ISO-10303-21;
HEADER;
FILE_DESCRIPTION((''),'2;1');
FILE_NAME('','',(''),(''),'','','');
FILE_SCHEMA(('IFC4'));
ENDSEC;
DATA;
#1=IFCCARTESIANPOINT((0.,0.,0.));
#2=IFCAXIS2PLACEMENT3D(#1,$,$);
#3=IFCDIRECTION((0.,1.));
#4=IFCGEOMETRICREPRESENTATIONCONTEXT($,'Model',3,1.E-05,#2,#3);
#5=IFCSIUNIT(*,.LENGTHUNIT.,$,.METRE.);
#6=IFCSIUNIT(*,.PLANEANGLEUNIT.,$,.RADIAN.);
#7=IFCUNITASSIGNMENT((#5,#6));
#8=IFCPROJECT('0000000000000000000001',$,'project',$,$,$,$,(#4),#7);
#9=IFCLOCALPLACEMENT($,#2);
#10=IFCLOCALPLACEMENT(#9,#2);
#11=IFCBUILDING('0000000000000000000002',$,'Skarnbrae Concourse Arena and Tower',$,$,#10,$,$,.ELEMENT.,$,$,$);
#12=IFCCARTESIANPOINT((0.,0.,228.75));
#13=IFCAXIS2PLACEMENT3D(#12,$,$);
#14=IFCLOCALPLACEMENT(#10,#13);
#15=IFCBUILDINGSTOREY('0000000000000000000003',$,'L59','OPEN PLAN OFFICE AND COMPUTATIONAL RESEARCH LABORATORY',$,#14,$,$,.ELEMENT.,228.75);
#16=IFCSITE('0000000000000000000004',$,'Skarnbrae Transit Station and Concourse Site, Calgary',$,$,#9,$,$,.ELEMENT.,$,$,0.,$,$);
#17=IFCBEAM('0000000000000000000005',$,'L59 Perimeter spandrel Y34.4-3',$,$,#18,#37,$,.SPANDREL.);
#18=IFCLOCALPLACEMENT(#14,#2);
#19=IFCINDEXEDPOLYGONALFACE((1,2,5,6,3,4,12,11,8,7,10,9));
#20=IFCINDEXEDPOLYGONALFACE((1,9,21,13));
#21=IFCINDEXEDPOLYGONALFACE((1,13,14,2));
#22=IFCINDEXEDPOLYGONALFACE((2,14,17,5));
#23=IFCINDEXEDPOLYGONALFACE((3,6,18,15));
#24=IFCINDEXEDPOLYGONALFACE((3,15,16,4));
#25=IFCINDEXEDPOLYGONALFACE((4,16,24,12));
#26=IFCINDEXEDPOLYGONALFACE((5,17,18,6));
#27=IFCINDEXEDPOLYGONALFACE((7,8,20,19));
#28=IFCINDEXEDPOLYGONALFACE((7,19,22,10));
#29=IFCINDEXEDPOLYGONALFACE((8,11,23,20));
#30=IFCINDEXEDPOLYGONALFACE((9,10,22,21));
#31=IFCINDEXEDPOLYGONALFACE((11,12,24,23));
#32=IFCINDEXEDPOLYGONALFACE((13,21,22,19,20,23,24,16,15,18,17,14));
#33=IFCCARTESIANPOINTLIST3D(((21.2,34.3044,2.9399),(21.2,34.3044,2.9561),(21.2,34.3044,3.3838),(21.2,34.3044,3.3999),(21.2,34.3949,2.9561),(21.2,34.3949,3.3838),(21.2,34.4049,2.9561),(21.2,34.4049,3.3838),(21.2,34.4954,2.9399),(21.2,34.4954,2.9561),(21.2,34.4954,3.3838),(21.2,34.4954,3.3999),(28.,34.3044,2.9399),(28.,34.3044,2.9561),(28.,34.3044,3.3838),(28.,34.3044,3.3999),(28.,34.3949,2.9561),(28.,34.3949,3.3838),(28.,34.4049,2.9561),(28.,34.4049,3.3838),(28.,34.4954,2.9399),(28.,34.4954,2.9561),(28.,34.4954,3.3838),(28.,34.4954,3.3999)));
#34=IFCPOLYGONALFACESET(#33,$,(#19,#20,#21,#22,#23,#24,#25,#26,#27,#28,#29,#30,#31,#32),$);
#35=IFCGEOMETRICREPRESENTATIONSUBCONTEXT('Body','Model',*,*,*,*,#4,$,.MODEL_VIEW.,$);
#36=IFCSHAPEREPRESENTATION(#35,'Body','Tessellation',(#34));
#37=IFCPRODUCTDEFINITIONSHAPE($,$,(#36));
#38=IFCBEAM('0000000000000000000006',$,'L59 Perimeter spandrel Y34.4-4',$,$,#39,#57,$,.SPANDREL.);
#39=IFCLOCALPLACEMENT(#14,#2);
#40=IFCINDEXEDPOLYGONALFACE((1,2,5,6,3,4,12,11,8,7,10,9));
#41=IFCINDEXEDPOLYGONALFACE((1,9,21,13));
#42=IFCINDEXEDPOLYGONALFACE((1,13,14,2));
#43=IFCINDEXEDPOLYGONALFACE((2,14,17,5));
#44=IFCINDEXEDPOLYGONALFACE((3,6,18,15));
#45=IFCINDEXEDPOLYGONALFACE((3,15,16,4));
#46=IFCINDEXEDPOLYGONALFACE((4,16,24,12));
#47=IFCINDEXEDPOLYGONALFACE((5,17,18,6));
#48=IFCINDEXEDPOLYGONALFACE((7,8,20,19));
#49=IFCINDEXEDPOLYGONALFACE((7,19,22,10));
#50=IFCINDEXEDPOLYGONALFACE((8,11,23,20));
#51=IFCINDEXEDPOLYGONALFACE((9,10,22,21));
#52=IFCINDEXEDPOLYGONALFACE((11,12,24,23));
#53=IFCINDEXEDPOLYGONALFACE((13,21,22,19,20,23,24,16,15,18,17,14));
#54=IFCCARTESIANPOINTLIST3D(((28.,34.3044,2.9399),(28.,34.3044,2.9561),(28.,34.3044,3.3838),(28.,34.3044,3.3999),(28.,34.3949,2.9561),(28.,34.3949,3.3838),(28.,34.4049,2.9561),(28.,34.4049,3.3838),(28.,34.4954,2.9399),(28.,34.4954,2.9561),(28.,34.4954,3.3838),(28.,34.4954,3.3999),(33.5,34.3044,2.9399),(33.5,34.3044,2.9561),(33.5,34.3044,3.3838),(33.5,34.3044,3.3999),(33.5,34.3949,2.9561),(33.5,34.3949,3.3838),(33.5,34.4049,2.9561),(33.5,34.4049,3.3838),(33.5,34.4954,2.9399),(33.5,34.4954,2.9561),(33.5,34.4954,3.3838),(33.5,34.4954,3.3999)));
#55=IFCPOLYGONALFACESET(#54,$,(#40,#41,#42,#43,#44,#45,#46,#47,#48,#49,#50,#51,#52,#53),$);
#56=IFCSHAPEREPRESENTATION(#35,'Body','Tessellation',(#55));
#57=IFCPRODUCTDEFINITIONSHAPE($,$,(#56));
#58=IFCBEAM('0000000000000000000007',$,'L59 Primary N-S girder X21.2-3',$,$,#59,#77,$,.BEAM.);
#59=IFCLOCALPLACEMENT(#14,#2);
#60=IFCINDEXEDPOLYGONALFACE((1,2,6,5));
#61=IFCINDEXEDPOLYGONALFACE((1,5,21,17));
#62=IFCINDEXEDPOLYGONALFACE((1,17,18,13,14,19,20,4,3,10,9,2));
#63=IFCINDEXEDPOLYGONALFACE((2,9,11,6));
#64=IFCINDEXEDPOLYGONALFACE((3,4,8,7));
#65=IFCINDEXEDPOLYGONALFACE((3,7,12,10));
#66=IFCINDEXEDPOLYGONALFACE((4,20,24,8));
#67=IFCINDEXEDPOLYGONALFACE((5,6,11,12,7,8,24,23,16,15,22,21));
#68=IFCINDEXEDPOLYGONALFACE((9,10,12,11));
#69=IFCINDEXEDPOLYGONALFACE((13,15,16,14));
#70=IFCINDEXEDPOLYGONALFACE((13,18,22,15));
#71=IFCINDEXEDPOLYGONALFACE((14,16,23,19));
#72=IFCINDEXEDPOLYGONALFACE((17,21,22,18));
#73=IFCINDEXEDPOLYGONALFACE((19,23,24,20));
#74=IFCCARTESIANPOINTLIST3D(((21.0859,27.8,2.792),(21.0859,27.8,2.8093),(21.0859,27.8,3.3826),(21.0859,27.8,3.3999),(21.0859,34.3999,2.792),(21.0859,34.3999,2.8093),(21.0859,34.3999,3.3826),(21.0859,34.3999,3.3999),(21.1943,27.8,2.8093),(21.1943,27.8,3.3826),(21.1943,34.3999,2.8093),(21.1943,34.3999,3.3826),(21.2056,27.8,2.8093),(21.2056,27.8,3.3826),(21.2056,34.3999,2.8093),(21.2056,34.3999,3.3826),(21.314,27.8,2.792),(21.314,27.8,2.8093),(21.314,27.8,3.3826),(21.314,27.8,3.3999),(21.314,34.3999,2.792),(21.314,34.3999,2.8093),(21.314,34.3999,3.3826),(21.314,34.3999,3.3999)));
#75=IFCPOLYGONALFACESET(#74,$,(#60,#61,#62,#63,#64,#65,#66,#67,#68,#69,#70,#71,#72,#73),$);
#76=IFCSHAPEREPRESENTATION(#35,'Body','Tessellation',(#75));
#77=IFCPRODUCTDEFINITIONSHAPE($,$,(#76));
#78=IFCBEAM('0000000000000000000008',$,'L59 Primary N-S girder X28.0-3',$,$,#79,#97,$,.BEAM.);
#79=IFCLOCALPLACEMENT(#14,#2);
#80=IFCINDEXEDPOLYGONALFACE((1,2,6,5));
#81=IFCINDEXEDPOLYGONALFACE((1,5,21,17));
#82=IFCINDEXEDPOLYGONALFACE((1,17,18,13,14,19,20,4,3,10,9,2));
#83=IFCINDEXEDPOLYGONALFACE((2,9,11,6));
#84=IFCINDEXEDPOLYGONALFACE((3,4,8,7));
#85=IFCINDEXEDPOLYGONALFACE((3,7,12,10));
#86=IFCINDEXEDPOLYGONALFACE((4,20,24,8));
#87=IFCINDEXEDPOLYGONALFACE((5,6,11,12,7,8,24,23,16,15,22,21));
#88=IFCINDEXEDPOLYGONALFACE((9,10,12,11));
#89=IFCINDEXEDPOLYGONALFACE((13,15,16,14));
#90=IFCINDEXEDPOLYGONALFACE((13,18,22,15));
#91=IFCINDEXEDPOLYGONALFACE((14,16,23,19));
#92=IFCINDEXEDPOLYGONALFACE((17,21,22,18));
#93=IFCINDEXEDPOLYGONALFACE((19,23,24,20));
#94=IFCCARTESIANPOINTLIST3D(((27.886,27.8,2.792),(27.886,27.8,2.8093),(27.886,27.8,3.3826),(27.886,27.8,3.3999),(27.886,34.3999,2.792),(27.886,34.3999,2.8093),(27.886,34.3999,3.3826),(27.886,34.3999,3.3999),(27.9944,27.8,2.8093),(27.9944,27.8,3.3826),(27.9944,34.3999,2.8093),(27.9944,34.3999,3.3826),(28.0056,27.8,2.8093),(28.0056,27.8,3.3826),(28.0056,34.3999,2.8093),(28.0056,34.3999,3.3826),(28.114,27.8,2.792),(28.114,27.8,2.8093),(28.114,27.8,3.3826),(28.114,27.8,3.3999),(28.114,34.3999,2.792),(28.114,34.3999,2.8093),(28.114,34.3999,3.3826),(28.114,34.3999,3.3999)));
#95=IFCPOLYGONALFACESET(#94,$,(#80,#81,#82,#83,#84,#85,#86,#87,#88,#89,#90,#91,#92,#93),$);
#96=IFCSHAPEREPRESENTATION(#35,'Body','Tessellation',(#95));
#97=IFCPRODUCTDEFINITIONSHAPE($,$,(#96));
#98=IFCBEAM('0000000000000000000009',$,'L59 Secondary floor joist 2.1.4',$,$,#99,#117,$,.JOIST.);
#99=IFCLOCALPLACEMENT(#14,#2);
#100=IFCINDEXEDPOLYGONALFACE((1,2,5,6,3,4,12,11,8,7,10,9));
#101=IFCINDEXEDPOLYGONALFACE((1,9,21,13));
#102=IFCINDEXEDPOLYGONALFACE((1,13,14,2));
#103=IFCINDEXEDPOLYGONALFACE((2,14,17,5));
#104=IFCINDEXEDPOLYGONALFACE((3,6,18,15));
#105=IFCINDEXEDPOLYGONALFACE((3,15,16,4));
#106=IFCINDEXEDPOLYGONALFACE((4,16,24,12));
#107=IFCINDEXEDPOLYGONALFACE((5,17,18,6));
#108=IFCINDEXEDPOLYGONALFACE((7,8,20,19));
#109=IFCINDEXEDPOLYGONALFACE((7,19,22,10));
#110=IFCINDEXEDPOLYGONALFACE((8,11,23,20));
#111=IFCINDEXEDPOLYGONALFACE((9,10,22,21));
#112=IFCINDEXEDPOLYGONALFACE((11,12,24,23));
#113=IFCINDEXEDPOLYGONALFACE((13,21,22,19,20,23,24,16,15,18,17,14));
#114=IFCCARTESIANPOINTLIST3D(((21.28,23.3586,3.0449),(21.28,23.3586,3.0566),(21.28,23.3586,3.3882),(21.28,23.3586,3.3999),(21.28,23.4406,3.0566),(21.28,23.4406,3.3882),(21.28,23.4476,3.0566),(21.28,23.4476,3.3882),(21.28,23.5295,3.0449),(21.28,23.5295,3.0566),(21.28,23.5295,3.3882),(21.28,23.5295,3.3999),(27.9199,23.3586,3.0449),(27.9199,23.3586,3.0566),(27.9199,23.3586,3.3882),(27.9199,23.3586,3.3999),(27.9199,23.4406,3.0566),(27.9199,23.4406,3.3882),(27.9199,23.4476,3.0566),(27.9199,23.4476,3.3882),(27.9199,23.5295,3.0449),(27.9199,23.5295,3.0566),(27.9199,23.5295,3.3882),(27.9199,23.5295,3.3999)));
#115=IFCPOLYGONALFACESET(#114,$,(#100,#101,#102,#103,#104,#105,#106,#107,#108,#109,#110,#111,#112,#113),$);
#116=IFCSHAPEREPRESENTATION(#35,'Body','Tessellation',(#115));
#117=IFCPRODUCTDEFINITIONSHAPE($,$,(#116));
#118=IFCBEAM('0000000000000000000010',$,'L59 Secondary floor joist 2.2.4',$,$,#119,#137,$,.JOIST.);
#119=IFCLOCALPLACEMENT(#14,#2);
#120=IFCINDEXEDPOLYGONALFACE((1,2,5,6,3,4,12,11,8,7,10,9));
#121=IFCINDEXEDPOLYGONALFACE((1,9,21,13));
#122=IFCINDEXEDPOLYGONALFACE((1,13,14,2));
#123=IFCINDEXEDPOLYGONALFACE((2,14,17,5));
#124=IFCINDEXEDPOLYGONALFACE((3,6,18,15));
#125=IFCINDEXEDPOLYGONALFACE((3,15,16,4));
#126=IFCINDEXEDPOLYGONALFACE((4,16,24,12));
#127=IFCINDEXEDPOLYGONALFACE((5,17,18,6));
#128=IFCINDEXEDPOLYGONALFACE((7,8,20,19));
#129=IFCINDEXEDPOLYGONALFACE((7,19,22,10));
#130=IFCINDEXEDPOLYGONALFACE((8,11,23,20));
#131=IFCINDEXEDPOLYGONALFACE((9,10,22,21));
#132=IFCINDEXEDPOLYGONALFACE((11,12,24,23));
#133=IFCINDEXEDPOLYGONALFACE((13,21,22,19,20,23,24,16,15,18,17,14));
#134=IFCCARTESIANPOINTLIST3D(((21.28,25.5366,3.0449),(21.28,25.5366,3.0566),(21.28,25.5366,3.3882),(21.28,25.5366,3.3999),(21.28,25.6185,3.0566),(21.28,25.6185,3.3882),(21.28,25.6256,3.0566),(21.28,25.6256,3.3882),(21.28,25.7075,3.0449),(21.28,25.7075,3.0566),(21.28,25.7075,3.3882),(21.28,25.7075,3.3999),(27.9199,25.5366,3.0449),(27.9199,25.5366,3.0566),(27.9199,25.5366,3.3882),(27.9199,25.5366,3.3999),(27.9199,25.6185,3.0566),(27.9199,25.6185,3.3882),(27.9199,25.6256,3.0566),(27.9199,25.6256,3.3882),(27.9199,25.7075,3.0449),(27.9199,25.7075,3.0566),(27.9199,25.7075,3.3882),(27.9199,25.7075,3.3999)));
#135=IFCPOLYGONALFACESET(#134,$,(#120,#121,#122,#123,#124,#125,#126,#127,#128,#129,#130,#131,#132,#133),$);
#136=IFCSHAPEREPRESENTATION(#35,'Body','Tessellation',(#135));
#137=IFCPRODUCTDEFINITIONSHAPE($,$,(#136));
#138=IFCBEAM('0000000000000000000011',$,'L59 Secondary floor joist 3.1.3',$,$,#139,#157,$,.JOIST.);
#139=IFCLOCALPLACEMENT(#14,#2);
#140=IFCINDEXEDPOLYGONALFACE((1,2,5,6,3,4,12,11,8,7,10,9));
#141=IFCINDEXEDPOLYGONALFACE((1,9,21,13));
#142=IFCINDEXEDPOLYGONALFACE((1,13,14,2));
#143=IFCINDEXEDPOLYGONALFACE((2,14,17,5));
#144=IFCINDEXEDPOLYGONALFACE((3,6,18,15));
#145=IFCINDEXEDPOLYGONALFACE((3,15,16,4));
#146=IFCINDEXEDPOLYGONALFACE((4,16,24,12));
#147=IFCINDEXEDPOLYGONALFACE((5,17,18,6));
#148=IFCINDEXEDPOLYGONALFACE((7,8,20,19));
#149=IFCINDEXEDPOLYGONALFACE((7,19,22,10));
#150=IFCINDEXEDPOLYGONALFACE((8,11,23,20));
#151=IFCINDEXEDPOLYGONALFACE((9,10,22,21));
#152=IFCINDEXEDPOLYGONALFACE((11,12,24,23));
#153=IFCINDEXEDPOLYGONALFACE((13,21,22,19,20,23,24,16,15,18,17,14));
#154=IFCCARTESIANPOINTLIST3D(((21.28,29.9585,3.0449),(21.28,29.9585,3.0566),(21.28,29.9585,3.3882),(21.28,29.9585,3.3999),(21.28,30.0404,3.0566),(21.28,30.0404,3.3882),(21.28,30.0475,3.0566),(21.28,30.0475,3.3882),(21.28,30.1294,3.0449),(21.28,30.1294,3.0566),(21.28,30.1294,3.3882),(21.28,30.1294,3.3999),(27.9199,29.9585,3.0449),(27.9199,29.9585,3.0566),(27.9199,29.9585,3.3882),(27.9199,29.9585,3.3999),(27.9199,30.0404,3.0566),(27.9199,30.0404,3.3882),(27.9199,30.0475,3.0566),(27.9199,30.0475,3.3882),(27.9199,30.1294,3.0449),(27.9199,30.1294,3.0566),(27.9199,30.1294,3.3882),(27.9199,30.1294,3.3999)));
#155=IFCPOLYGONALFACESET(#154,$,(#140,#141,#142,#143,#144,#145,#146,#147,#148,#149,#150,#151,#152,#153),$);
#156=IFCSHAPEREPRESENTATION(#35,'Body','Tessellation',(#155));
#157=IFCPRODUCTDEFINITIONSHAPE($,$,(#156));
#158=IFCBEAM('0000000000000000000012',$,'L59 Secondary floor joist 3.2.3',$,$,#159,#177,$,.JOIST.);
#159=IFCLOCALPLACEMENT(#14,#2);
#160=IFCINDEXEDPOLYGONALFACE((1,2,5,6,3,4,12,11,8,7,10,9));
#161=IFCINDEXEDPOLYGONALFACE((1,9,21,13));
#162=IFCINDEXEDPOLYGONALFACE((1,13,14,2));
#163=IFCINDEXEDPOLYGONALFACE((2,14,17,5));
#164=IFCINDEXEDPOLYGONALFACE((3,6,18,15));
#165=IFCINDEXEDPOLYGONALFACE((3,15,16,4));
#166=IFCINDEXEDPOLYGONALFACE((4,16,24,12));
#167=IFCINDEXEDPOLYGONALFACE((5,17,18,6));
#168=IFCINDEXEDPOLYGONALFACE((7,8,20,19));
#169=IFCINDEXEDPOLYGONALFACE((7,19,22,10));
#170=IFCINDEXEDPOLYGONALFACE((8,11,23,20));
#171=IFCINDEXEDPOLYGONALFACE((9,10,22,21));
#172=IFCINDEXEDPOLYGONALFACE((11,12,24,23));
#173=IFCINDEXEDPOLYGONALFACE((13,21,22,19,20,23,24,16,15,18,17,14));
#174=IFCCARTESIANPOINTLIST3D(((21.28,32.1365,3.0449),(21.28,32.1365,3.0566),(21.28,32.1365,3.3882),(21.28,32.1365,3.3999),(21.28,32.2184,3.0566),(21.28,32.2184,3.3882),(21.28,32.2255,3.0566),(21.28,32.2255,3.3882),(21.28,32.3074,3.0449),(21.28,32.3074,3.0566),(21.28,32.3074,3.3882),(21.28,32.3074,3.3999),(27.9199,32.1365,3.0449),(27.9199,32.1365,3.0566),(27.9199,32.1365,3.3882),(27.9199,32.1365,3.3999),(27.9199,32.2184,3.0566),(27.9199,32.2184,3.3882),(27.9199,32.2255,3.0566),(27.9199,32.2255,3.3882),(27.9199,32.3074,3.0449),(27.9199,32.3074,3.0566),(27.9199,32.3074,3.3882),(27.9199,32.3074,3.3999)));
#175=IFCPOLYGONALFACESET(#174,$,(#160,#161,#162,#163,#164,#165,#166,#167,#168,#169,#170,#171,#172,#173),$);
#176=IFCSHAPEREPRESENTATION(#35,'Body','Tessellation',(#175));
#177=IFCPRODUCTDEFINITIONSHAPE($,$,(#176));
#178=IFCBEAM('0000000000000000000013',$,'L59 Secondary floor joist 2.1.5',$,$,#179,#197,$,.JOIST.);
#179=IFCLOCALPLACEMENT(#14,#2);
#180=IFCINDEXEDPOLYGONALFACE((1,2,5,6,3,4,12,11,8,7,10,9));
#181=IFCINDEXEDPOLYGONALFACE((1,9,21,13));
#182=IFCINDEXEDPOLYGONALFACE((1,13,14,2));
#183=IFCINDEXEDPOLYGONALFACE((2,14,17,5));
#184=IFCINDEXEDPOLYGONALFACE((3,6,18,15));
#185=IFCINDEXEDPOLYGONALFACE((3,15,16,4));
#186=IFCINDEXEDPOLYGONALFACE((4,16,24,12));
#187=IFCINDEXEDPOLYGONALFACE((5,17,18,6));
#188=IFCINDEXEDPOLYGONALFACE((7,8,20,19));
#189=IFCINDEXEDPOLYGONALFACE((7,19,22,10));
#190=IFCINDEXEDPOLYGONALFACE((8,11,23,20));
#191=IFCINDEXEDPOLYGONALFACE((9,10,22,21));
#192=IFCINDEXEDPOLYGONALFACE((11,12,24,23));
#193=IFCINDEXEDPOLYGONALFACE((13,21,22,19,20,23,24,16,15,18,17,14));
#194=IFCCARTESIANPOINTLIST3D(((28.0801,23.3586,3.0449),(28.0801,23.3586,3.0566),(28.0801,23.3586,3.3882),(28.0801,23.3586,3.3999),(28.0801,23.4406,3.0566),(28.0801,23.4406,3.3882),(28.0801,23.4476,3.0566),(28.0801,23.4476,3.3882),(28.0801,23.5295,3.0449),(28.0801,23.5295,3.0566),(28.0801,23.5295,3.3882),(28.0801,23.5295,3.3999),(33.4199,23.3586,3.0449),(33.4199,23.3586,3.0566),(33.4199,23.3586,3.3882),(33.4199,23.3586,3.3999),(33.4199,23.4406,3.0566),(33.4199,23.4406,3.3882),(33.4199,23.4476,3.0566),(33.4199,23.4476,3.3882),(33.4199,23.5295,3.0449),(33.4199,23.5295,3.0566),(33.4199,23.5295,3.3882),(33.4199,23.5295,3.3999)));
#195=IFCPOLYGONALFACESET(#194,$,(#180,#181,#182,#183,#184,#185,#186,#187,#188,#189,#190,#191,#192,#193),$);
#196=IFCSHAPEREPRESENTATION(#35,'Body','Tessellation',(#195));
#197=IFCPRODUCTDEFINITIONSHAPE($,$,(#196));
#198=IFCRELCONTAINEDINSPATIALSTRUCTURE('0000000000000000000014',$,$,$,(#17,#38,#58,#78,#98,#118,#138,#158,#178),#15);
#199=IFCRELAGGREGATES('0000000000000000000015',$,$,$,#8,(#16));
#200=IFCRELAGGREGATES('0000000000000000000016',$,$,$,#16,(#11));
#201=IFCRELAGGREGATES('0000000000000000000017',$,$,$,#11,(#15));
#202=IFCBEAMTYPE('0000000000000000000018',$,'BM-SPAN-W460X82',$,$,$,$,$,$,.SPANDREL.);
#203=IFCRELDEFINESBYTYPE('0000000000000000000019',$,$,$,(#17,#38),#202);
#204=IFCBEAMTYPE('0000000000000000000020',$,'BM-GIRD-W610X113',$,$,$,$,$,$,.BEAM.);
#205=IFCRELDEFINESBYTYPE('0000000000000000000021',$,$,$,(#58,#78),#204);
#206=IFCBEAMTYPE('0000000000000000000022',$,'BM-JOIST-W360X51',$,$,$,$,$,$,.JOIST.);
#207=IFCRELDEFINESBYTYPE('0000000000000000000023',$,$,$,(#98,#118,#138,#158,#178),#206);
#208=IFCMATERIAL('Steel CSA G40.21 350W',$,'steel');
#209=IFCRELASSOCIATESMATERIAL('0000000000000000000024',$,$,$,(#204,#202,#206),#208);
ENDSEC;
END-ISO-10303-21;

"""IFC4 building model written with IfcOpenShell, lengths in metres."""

from ifc_helpers import new_model, si_unit, direction, frame, origin, origin_2d, place, context, subcontext, project, spatial, i_section, extrude, source, transform, mapped, material, material_profile, profile_set, type_object, element, save


model = new_model("IFC4")

# Units and contexts
model_context = context("Model", 3, precision=1e-05, world=origin(), true_north=direction((0.0, 1.0)))
body_context = subcontext(model_context, "Body", "Model", "MODEL_VIEW")
ifc_project = project(units=[si_unit("LENGTHUNIT", "METRE"), si_unit("PLANEANGLEUNIT", "RADIAN")], contexts=[model_context])

# Site, building, storey
site_placement = place(None, origin())
site = spatial("IfcSite", under=ifc_project, at=site_placement, Name="Skarnbrae Transit Station and Concourse Site, Calgary", CompositionType="ELEMENT", RefElevation=0.0)
building_placement = place(site_placement, origin())
building = spatial("IfcBuilding", under=site, at=building_placement, Name="Skarnbrae Concourse Arena and Tower", CompositionType="ELEMENT")
storey_placement = place(building_placement, frame((0.0, 0.0, 228.75)))
storey = spatial("IfcBuildingStorey", under=building, at=storey_placement, Name="L59", Description="OPEN PLAN OFFICE AND COMPUTATIONAL RESEARCH LABORATORY", CompositionType="ELEMENT", Elevation=228.75)

# Shared definitions
ifc_material_1 = material(Name="Steel CSA G40.21 350W", Category="steel")

# Beams
ifc_material_profile_1 = material_profile(ifc_material_1, i_section(OverallWidth=0.228, OverallDepth=0.6079, WebThickness=0.0112, FlangeThickness=0.0173, at=origin_2d()), Name="W610X113")
ifc_profile_set_1 = profile_set([ifc_material_profile_1], Name="Steel CSA G40.21 350W")
beam_type_1 = type_object("IfcBeamType", Name="BM-GIRD-W610X113", PredefinedType="BEAM", material=ifc_profile_set_1)
ifc_material_profile_2 = material_profile(ifc_material_1, i_section(OverallWidth=0.1909, OverallDepth=0.46, WebThickness=0.01, FlangeThickness=0.0161, at=origin_2d()), Name="W460X82")
ifc_profile_set_2 = profile_set([ifc_material_profile_2], Name="Steel CSA G40.21 350W")
beam_type_2 = type_object("IfcBeamType", Name="BM-SPAN-W460X82", PredefinedType="SPANDREL", material=ifc_profile_set_2)
shared_shape_1 = source(origin(), body_context, "Body", "SweptSolid", [
    extrude(i_section(OverallWidth=0.1909, OverallDepth=0.46, WebThickness=0.01, FlangeThickness=0.0161, at=origin_2d()), origin(), (0.0, 0.0, 1.0), 6.8),
])
beam_1_placement = place(storey_placement, frame((21.2, 34.3999, 3.1699), z_axis=(1.0, 0.0, 0.0), x_axis=(0.0, 1.0, 0.0)))
element("IfcBeam", 1, at=beam_1_placement, inside=storey, type_object=beam_type_2, Name="L59 Perimeter spandrel Y34.4-3", PredefinedType="SPANDREL", context=body_context, shape_type="MappedRepresentation", body=[
    mapped(shared_shape_1, transform((0.0, 0.0, 0.0))),
])
shared_shape_2 = source(origin(), body_context, "Body", "SweptSolid", [
    extrude(i_section(OverallWidth=0.1909, OverallDepth=0.46, WebThickness=0.01, FlangeThickness=0.0161, at=origin_2d()), origin(), (0.0, 0.0, 1.0), 5.5),
])
beam_2_placement = place(storey_placement, frame((28.0, 34.3999, 3.1699), z_axis=(1.0, 0.0, 0.0), x_axis=(0.0, 1.0, 0.0)))
element("IfcBeam", 2, at=beam_2_placement, inside=storey, type_object=beam_type_2, Name="L59 Perimeter spandrel Y34.4-4", PredefinedType="SPANDREL", context=body_context, shape_type="MappedRepresentation", body=[
    mapped(shared_shape_2, transform((0.0, 0.0, 0.0))),
])
shared_shape_3 = source(origin(), body_context, "Body", "SweptSolid", [
    extrude(i_section(OverallWidth=0.228, OverallDepth=0.6079, WebThickness=0.0112, FlangeThickness=0.0173, at=origin_2d()), origin(), (0.0, 0.0, 1.0), 6.5999),
])
for number, where, z_axis, x_axis, name in (
    (3, (21.2, 27.8, 3.0959), (0.0, 1.0, 0.0), (-1.0, 0.0, 0.0), "L59 Primary N-S girder X21.2-3"),
    (4, (28.0, 27.8, 3.0959), (0.0, 1.0, 0.0), (-1.0, 0.0, 0.0), "L59 Primary N-S girder X28.0-3"),
):
    element("IfcBeam", number, at=place(storey_placement, frame(where, z_axis=z_axis, x_axis=x_axis)), inside=storey, type_object=beam_type_1, Name=name, PredefinedType="BEAM", context=body_context, shape_type="MappedRepresentation", body=[
        mapped(shared_shape_3, transform((0.0, 0.0, 0.0))),
    ])
ifc_material_profile_3 = material_profile(ifc_material_1, i_section(OverallWidth=0.1709, OverallDepth=0.355, WebThickness=0.0071, FlangeThickness=0.0117, at=origin_2d()), Name="W360X51")
ifc_profile_set_3 = profile_set([ifc_material_profile_3], Name="Steel CSA G40.21 350W")
beam_type_3 = type_object("IfcBeamType", Name="BM-JOIST-W360X51", PredefinedType="JOIST", material=ifc_profile_set_3)
shared_shape_4 = source(origin(), body_context, "Body", "SweptSolid", [
    extrude(i_section(OverallWidth=0.1709, OverallDepth=0.355, WebThickness=0.0071, FlangeThickness=0.0117, at=origin_2d()), origin(), (0.0, 0.0, 1.0), 6.6399),
])
for number, where, z_axis, x_axis, name in (
    (5, (21.28, 23.4441, 3.2224), (1.0, 0.0, 0.0), (0.0, 1.0, 0.0), "L59 Secondary floor joist 2.1.4"),
    (6, (21.28, 25.6221, 3.2224), (1.0, 0.0, 0.0), (0.0, 1.0, 0.0), "L59 Secondary floor joist 2.2.4"),
    (7, (21.28, 30.0439, 3.2224), (1.0, 0.0, 0.0), (0.0, 1.0, 0.0), "L59 Secondary floor joist 3.1.3"),
    (8, (21.28, 32.2219, 3.2224), (1.0, 0.0, 0.0), (0.0, 1.0, 0.0), "L59 Secondary floor joist 3.2.3"),
):
    element("IfcBeam", number, at=place(storey_placement, frame(where, z_axis=z_axis, x_axis=x_axis)), inside=storey, type_object=beam_type_3, Name=name, PredefinedType="JOIST", context=body_context, shape_type="MappedRepresentation", body=[
        mapped(shared_shape_4, transform((0.0, 0.0, 0.0))),
    ])
shared_shape_5 = source(origin(), body_context, "Body", "SweptSolid", [
    extrude(i_section(OverallWidth=0.1709, OverallDepth=0.355, WebThickness=0.0071, FlangeThickness=0.0117, at=origin_2d()), origin(), (0.0, 0.0, 1.0), 5.3398),
])
for number, where, z_axis, x_axis, name in (
    (9, (28.0801, 23.4441, 3.2224), (1.0, 0.0, 0.0), (0.0, 1.0, 0.0), "L59 Secondary floor joist 2.1.5"),
):
    element("IfcBeam", number, at=place(storey_placement, frame(where, z_axis=z_axis, x_axis=x_axis)), inside=storey, type_object=beam_type_3, Name=name, PredefinedType="JOIST", context=body_context, shape_type="MappedRepresentation", body=[
        mapped(shared_shape_5, transform((0.0, 0.0, 0.0))),
    ])

save(model, "model.ifc")
